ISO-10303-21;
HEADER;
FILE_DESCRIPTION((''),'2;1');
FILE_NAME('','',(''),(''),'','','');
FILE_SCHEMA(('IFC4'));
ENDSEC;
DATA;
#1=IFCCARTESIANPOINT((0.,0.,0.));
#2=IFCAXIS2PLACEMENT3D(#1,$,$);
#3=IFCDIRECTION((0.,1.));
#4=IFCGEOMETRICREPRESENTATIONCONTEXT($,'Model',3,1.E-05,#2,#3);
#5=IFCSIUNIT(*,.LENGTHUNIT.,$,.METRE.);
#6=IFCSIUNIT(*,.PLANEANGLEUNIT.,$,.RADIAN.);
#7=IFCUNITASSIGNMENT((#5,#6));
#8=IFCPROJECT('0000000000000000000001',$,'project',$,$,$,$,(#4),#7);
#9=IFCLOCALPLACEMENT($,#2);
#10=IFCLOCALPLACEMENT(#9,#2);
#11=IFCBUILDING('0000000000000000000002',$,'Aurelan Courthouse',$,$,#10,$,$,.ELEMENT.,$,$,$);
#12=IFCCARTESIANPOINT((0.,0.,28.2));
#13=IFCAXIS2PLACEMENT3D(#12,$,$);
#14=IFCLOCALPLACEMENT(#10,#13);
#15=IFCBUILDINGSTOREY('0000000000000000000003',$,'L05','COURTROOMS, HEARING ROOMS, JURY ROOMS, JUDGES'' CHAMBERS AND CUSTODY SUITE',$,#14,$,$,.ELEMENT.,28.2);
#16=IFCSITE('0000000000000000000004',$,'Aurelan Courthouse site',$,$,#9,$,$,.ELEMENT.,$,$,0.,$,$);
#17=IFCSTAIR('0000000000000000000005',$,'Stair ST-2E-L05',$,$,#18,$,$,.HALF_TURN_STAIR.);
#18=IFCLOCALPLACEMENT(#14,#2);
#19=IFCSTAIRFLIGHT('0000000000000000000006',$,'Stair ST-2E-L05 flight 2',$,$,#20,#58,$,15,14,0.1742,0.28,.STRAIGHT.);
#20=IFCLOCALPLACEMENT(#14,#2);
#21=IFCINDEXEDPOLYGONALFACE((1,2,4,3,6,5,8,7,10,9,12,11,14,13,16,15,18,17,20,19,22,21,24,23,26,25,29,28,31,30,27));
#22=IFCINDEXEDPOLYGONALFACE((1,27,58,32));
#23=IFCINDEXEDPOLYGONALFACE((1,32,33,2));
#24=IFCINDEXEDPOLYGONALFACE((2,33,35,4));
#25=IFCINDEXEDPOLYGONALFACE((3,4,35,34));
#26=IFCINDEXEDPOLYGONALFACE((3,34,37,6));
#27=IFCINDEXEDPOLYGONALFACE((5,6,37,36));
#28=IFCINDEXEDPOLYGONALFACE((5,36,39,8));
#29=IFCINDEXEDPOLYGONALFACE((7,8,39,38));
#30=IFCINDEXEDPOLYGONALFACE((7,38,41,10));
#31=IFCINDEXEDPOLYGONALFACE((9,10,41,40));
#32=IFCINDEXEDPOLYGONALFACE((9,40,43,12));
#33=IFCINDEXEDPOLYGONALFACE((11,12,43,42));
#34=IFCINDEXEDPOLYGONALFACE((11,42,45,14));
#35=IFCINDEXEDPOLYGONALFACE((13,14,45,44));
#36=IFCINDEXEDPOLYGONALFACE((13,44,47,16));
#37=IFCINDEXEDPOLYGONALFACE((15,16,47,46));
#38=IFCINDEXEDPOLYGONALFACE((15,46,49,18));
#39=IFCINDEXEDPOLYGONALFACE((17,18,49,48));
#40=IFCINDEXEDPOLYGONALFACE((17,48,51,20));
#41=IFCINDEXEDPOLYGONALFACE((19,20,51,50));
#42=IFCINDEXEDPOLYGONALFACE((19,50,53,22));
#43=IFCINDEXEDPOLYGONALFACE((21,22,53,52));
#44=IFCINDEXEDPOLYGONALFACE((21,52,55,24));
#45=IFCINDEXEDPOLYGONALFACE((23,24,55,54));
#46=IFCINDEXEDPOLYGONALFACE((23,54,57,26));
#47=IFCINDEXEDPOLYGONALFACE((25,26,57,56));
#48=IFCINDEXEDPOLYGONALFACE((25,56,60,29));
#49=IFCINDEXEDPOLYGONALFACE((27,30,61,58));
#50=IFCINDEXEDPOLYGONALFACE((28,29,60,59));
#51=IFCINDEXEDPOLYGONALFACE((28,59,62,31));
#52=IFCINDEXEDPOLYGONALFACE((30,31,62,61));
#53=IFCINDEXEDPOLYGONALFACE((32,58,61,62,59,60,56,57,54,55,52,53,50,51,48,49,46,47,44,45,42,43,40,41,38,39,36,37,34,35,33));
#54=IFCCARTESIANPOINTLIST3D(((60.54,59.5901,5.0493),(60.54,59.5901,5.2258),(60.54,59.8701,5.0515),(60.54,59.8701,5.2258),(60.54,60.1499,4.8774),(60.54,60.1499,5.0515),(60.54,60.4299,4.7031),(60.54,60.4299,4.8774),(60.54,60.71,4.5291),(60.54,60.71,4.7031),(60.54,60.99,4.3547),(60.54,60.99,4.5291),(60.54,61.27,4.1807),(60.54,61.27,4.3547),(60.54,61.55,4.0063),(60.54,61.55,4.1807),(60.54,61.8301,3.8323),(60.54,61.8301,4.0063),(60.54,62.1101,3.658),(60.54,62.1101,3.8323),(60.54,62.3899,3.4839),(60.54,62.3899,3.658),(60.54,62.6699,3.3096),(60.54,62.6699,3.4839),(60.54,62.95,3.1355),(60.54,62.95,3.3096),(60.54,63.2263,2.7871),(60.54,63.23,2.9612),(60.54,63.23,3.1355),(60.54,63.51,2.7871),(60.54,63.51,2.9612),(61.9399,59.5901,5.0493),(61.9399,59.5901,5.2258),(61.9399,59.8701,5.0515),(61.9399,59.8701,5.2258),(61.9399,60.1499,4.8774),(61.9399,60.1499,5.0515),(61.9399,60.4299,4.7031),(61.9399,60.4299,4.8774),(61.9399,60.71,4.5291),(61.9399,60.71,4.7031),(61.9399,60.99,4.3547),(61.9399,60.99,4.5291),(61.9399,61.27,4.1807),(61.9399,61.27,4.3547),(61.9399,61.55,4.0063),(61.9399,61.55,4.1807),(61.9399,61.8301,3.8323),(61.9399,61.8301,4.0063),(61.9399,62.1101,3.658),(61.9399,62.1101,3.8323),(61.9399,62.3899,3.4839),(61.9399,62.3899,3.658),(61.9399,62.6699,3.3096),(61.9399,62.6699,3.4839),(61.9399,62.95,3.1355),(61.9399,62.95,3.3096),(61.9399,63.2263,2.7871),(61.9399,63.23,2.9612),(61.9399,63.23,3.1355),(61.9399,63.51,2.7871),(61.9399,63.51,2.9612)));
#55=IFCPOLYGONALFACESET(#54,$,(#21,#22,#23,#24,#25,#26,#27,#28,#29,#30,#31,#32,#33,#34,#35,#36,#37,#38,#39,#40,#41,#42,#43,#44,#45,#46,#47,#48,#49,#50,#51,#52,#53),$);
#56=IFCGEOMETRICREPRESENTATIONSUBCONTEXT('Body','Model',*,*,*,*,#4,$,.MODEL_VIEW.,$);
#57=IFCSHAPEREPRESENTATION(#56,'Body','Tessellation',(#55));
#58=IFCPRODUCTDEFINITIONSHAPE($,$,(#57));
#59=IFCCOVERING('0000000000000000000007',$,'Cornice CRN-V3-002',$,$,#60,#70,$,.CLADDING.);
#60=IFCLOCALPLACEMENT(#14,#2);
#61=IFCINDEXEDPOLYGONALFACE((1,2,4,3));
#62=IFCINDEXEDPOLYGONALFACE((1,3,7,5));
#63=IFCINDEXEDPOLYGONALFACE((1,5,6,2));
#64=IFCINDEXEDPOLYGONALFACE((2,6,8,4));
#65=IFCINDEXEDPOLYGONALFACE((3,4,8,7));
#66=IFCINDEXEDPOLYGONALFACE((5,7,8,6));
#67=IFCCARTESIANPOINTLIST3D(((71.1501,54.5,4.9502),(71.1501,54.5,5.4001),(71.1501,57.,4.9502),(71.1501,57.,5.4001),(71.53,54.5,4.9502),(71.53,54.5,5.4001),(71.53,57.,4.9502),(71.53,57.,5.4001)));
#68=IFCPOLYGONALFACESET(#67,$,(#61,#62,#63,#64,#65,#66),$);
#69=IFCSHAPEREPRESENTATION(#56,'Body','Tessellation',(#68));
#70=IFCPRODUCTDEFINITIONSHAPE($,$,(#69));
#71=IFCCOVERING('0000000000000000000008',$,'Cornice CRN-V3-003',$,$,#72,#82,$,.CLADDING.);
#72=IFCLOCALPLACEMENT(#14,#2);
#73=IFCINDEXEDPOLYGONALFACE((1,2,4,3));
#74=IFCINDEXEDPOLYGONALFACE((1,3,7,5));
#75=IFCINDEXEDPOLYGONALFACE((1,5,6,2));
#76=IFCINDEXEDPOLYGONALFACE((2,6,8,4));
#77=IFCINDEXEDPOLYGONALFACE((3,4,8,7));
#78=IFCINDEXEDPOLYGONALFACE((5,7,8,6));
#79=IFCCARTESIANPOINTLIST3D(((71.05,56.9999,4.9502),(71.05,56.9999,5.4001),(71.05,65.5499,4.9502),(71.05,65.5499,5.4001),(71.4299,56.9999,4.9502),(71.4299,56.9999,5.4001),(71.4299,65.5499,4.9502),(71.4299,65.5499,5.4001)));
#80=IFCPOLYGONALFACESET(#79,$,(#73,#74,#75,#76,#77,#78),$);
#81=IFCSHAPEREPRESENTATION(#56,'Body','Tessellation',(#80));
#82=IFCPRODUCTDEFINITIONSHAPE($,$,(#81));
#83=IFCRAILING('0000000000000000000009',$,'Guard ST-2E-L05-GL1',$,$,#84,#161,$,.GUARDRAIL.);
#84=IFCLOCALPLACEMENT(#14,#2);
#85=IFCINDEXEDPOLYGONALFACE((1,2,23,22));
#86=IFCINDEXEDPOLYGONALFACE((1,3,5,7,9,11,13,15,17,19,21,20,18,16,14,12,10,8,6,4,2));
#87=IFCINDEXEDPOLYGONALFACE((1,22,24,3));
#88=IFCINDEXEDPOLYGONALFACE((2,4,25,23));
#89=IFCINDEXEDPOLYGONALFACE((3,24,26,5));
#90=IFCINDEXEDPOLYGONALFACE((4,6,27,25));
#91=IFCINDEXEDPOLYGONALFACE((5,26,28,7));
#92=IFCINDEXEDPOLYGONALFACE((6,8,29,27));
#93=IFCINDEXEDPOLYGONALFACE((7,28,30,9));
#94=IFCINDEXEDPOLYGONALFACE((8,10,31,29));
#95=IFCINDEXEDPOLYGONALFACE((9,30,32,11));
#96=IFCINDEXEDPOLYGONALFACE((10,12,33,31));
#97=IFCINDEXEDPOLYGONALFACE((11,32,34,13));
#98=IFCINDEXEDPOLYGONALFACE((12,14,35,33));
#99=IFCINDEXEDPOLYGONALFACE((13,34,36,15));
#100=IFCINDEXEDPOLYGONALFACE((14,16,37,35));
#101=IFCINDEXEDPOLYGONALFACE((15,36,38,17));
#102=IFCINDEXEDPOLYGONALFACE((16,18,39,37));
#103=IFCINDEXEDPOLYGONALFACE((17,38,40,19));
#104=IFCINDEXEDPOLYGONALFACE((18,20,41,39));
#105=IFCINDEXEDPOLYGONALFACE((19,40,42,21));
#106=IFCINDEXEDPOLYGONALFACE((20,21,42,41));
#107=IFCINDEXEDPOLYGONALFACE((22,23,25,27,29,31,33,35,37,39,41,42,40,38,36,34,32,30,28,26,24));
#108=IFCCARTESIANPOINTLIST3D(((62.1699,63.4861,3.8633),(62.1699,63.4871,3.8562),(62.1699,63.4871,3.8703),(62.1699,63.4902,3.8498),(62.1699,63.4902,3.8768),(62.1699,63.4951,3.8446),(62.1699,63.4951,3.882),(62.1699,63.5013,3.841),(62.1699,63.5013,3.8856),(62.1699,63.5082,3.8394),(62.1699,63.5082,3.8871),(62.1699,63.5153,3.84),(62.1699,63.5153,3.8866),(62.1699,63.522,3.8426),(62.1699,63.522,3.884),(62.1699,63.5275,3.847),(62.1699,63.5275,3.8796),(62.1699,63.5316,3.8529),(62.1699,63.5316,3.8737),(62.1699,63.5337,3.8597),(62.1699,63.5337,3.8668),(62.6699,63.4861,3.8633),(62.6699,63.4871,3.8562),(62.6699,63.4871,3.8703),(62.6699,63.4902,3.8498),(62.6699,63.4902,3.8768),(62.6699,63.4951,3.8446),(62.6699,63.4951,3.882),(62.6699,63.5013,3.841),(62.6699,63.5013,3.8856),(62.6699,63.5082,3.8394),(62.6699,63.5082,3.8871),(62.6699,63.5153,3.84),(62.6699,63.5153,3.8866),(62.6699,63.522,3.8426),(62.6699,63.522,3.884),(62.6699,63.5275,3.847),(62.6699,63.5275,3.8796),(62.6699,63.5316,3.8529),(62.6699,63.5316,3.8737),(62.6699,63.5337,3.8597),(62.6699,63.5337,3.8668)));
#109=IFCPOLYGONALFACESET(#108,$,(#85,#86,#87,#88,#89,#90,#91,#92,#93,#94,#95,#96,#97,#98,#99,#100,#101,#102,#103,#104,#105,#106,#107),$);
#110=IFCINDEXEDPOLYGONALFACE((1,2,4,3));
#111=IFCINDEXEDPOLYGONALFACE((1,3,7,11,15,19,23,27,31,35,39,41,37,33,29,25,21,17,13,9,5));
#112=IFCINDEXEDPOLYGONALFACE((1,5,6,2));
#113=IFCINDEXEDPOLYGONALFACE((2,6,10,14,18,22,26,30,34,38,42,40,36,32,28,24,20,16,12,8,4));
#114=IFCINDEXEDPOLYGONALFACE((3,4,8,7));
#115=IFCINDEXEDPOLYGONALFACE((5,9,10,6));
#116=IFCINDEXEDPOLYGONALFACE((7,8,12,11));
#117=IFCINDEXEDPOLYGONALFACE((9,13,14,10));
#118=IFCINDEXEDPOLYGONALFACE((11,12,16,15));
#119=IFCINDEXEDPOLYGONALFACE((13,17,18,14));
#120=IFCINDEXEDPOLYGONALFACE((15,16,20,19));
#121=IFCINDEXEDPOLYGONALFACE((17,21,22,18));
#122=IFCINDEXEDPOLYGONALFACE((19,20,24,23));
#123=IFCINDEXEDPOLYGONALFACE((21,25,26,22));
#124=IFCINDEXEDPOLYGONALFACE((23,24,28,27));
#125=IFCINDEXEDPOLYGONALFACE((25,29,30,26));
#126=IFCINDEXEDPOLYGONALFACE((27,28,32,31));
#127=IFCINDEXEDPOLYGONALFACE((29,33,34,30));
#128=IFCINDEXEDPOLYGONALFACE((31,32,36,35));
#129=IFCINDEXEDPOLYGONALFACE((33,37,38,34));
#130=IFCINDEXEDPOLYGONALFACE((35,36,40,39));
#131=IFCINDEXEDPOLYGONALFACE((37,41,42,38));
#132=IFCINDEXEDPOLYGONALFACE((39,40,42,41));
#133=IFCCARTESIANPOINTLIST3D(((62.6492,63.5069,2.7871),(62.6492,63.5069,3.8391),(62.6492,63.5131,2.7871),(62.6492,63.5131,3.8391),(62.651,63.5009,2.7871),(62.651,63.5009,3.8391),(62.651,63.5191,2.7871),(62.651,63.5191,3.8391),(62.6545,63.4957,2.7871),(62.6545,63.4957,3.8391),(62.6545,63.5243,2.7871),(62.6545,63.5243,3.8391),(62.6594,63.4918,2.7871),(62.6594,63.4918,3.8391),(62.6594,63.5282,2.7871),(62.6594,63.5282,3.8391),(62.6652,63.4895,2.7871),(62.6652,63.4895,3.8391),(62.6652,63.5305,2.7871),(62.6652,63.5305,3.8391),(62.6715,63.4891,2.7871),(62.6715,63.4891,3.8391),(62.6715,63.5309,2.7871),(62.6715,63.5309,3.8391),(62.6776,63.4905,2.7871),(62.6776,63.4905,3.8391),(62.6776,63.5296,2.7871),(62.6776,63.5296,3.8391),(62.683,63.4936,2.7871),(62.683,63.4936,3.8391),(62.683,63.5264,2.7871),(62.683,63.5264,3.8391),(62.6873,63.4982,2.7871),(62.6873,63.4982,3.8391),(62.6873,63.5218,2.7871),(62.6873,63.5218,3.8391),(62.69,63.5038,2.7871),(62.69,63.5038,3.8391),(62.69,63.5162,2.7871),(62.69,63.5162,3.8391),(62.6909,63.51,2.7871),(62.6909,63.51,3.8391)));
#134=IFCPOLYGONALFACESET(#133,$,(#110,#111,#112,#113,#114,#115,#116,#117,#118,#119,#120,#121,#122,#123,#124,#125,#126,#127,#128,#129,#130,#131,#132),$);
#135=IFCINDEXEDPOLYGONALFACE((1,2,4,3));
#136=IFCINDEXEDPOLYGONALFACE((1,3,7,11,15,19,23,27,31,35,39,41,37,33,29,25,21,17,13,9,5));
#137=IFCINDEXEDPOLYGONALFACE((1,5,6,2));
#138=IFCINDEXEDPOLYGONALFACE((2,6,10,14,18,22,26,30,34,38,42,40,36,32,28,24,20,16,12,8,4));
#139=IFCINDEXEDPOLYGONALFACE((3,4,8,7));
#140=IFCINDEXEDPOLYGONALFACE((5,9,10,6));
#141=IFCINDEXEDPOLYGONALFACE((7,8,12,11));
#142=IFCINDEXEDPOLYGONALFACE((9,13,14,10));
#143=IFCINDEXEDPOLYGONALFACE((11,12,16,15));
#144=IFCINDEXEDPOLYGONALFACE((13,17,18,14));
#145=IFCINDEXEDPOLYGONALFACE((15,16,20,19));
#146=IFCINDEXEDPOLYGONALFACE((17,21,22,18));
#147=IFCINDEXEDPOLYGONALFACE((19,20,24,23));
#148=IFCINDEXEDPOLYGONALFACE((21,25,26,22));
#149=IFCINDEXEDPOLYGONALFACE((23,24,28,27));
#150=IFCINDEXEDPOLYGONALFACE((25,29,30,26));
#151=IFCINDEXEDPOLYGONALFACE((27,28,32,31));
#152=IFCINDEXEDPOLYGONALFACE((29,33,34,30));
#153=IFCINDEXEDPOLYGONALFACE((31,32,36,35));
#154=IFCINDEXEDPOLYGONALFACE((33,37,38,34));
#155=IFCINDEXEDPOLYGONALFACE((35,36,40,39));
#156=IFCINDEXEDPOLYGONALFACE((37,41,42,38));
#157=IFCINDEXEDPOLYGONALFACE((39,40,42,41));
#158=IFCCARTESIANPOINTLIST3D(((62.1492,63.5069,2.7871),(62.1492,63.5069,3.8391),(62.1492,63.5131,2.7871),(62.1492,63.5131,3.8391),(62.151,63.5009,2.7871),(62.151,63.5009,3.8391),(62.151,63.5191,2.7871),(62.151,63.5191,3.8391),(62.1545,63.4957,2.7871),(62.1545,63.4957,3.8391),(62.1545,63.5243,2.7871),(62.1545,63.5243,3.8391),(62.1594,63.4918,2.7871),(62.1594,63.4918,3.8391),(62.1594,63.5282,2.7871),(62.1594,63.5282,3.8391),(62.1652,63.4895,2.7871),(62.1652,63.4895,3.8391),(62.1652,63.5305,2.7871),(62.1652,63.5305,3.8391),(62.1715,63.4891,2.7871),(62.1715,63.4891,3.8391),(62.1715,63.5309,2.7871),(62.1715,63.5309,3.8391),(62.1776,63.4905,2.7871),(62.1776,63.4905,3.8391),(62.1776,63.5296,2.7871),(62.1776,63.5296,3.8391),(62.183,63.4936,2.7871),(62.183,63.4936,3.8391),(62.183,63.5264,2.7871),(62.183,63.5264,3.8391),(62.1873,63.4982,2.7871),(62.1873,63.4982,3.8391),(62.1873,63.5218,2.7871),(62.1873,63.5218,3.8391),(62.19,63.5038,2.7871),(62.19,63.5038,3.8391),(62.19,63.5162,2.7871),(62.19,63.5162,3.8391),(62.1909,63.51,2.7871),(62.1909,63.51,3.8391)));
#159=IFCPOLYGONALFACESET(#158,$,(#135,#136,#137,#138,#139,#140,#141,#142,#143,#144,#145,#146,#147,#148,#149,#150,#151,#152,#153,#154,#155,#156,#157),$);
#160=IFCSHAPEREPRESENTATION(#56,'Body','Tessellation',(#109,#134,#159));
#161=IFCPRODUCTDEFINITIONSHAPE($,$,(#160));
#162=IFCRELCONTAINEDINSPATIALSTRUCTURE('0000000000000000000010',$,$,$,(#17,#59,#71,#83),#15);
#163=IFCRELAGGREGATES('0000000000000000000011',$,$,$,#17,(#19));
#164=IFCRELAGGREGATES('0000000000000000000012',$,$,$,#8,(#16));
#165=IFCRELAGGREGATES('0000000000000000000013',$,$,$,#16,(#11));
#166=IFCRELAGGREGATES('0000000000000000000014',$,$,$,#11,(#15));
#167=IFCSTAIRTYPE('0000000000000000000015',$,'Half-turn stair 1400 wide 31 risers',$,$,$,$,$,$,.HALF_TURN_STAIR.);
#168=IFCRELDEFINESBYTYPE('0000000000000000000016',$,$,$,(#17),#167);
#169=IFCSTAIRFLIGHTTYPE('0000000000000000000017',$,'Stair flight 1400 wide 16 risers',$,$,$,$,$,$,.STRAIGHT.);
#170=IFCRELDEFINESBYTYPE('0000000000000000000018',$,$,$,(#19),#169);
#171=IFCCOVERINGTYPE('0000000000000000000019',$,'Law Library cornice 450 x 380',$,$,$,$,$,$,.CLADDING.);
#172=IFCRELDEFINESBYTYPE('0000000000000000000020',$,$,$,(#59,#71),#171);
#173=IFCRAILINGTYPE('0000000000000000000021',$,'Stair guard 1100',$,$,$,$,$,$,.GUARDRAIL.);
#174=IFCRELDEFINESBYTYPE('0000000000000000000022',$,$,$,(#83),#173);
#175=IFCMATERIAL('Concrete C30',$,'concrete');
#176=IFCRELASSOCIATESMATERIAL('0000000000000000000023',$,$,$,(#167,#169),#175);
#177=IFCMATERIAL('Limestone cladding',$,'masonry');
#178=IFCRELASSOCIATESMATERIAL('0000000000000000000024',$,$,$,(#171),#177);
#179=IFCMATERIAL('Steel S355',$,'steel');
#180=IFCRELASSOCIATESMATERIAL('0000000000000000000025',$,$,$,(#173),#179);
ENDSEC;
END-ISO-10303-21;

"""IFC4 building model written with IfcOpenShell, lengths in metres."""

from ifc_helpers import new_model, si_unit, direction, frame, origin, origin_2d, place, context, subcontext, project, spatial, polyline, rectangle, circle, outline, extrude, material, type_object, element, aggregate, save


model = new_model("IFC4")

# Units and contexts
model_context = context("Model", 3, precision=1e-05, world=origin(), true_north=direction((0.0, 1.0)))
body_context = subcontext(model_context, "Body", "Model", "MODEL_VIEW")
ifc_project = project(units=[si_unit("LENGTHUNIT", "METRE"), si_unit("PLANEANGLEUNIT", "RADIAN")], contexts=[model_context])

# Site, building, storey
site_placement = place(None, origin())
site = spatial("IfcSite", under=ifc_project, at=site_placement, Name="Aurelan Courthouse site", CompositionType="ELEMENT", RefElevation=0.0)
building_placement = place(site_placement, origin())
building = spatial("IfcBuilding", under=site, at=building_placement, Name="Aurelan Courthouse", CompositionType="ELEMENT")
storey_placement = place(building_placement, frame((0.0, 0.0, 28.2)))
storey = spatial("IfcBuildingStorey", under=building, at=storey_placement, Name="L05", Description="COURTROOMS, HEARING ROOMS, JURY ROOMS, JUDGES' CHAMBERS AND CUSTODY SUITE", CompositionType="ELEMENT", Elevation=28.2)

# Shared definitions
ifc_material_1 = material(Name="Steel S355", Category="steel")

# Stair, stair flight
ifc_material_2 = material(Name="Concrete C30", Category="concrete")
stair_type = type_object("IfcStairType", Name="Half-turn stair 1400 wide 31 risers", PredefinedType="HALF_TURN_STAIR", material=ifc_material_2)
stair_placement = place(storey_placement, origin())
stair = element("IfcStair", 1, at=stair_placement, inside=storey, type_object=stair_type, Name="Stair ST-2E-L05", PredefinedType="HALF_TURN_STAIR")
stair_flight_type = type_object("IfcStairFlightType", Name="Stair flight 1400 wide 16 risers", PredefinedType="STRAIGHT", material=ifc_material_2)
stair_flight_placement = place(storey_placement, frame((61.24, 63.51, 2.7871), z_axis=(0.0, 0.0, 1.0), x_axis=(0.0, -1.0, 0.0)))
stair_flight = element("IfcStairFlight", 2, at=stair_flight_placement, type_object=stair_flight_type, Name="Stair ST-2E-L05 flight 2", NumberOfRisers=15, NumberOfTreads=14, PredefinedType="STRAIGHT", RiserHeight=0.1742, TreadLength=0.28, context=body_context, shape_type="SweptSolid", body=[
    extrude(outline(polyline([(0.0, 0.0), (0.0, 0.1741), (0.28, 0.1741), (0.28, 0.3484), (0.5601, 0.3484), (0.5601, 0.5225), (0.8401, 0.5225), (0.8401, 0.6968), (1.1201, 0.6968), (1.1201, 0.8708), (1.3999, 0.8708), (1.3999, 1.0452), (1.6799, 1.0452), (1.6799, 1.2192), (1.96, 1.2192), (1.96, 1.3936), (2.24, 1.3936), (2.24, 1.5676), (2.52, 1.5676), (2.52, 1.7419), (2.8, 1.7419), (2.8, 1.916), (3.0801, 1.916), (3.0801, 2.0903), (3.3601, 2.0903), (3.3601, 2.2644), (3.6399, 2.2644), (3.6399, 2.4387), (3.9199, 2.4387), (3.9199, 2.6128), (3.9199, 2.2622), (0.2837, 0.0), (0.0, 0.0)])), frame((0.0, 0.7, 0.0), z_axis=(0.0, -1.0, 0.0), x_axis=(1.0, 0.0, 0.0)), (0.0, 0.0, 1.0), 1.3999),
])
aggregate(stair, [stair_flight])

# Coverings
ifc_material_3 = material(Name="Limestone cladding", Category="masonry")
covering_type = type_object("IfcCoveringType", Name="Law Library cornice 450 x 380", PredefinedType="CLADDING", material=ifc_material_3)
covering_1_placement = place(storey_placement, frame((71.3401, 55.75, 4.9502), z_axis=(0.0, 0.0, 1.0), x_axis=(1.0, 0.0, 0.0)))
element("IfcCovering", 3, at=covering_1_placement, inside=storey, type_object=covering_type, Name="Cornice CRN-V3-002", PredefinedType="CLADDING", context=body_context, shape_type="SweptSolid", body=[
    extrude(rectangle(XDim=0.3799, YDim=2.5, at=origin_2d()), origin(), (0.0, 0.0, 1.0), 0.45),
])
covering_2_placement = place(storey_placement, frame((71.24, 61.2749, 4.9502), z_axis=(0.0, 0.0, 1.0), x_axis=(1.0, 0.0, 0.0)))
element("IfcCovering", 4, at=covering_2_placement, inside=storey, type_object=covering_type, Name="Cornice CRN-V3-003", PredefinedType="CLADDING", context=body_context, shape_type="SweptSolid", body=[
    extrude(rectangle(XDim=0.3799, YDim=8.55, at=origin_2d()), origin(), (0.0, 0.0, 1.0), 0.45),
])

# Railing
railing_type_1 = type_object("IfcRailingType", Name="Stair guard 1100", PredefinedType="GUARDRAIL", material=ifc_material_1)
railing_placement = place(storey_placement, frame((62.6699, 63.51, 2.7871)))
element("IfcRailing", 5, at=railing_placement, inside=storey, type_object=railing_type_1, Name="Guard ST-2E-L05-GL1", PredefinedType="GUARDRAIL", context=body_context, shape_type="SweptSolid", body=[
    extrude(circle(Radius=0.0239, at=origin_2d()), frame((0.0, 0.0, 1.0762), z_axis=(-1.0, 0.0, 0.0), x_axis=(0.0, -1.0, 0.0)), (0.0, 0.0, 1.0), 0.5),
    extrude(circle(Radius=0.021, at=origin_2d()), origin(), (0.0, 0.0, 1.0), 1.052),
    extrude(circle(Radius=0.021, at=origin_2d()), frame((-0.5, 0.0, 0.0)), (0.0, 0.0, 1.0), 1.052),
])

save(model, "model.ifc")
